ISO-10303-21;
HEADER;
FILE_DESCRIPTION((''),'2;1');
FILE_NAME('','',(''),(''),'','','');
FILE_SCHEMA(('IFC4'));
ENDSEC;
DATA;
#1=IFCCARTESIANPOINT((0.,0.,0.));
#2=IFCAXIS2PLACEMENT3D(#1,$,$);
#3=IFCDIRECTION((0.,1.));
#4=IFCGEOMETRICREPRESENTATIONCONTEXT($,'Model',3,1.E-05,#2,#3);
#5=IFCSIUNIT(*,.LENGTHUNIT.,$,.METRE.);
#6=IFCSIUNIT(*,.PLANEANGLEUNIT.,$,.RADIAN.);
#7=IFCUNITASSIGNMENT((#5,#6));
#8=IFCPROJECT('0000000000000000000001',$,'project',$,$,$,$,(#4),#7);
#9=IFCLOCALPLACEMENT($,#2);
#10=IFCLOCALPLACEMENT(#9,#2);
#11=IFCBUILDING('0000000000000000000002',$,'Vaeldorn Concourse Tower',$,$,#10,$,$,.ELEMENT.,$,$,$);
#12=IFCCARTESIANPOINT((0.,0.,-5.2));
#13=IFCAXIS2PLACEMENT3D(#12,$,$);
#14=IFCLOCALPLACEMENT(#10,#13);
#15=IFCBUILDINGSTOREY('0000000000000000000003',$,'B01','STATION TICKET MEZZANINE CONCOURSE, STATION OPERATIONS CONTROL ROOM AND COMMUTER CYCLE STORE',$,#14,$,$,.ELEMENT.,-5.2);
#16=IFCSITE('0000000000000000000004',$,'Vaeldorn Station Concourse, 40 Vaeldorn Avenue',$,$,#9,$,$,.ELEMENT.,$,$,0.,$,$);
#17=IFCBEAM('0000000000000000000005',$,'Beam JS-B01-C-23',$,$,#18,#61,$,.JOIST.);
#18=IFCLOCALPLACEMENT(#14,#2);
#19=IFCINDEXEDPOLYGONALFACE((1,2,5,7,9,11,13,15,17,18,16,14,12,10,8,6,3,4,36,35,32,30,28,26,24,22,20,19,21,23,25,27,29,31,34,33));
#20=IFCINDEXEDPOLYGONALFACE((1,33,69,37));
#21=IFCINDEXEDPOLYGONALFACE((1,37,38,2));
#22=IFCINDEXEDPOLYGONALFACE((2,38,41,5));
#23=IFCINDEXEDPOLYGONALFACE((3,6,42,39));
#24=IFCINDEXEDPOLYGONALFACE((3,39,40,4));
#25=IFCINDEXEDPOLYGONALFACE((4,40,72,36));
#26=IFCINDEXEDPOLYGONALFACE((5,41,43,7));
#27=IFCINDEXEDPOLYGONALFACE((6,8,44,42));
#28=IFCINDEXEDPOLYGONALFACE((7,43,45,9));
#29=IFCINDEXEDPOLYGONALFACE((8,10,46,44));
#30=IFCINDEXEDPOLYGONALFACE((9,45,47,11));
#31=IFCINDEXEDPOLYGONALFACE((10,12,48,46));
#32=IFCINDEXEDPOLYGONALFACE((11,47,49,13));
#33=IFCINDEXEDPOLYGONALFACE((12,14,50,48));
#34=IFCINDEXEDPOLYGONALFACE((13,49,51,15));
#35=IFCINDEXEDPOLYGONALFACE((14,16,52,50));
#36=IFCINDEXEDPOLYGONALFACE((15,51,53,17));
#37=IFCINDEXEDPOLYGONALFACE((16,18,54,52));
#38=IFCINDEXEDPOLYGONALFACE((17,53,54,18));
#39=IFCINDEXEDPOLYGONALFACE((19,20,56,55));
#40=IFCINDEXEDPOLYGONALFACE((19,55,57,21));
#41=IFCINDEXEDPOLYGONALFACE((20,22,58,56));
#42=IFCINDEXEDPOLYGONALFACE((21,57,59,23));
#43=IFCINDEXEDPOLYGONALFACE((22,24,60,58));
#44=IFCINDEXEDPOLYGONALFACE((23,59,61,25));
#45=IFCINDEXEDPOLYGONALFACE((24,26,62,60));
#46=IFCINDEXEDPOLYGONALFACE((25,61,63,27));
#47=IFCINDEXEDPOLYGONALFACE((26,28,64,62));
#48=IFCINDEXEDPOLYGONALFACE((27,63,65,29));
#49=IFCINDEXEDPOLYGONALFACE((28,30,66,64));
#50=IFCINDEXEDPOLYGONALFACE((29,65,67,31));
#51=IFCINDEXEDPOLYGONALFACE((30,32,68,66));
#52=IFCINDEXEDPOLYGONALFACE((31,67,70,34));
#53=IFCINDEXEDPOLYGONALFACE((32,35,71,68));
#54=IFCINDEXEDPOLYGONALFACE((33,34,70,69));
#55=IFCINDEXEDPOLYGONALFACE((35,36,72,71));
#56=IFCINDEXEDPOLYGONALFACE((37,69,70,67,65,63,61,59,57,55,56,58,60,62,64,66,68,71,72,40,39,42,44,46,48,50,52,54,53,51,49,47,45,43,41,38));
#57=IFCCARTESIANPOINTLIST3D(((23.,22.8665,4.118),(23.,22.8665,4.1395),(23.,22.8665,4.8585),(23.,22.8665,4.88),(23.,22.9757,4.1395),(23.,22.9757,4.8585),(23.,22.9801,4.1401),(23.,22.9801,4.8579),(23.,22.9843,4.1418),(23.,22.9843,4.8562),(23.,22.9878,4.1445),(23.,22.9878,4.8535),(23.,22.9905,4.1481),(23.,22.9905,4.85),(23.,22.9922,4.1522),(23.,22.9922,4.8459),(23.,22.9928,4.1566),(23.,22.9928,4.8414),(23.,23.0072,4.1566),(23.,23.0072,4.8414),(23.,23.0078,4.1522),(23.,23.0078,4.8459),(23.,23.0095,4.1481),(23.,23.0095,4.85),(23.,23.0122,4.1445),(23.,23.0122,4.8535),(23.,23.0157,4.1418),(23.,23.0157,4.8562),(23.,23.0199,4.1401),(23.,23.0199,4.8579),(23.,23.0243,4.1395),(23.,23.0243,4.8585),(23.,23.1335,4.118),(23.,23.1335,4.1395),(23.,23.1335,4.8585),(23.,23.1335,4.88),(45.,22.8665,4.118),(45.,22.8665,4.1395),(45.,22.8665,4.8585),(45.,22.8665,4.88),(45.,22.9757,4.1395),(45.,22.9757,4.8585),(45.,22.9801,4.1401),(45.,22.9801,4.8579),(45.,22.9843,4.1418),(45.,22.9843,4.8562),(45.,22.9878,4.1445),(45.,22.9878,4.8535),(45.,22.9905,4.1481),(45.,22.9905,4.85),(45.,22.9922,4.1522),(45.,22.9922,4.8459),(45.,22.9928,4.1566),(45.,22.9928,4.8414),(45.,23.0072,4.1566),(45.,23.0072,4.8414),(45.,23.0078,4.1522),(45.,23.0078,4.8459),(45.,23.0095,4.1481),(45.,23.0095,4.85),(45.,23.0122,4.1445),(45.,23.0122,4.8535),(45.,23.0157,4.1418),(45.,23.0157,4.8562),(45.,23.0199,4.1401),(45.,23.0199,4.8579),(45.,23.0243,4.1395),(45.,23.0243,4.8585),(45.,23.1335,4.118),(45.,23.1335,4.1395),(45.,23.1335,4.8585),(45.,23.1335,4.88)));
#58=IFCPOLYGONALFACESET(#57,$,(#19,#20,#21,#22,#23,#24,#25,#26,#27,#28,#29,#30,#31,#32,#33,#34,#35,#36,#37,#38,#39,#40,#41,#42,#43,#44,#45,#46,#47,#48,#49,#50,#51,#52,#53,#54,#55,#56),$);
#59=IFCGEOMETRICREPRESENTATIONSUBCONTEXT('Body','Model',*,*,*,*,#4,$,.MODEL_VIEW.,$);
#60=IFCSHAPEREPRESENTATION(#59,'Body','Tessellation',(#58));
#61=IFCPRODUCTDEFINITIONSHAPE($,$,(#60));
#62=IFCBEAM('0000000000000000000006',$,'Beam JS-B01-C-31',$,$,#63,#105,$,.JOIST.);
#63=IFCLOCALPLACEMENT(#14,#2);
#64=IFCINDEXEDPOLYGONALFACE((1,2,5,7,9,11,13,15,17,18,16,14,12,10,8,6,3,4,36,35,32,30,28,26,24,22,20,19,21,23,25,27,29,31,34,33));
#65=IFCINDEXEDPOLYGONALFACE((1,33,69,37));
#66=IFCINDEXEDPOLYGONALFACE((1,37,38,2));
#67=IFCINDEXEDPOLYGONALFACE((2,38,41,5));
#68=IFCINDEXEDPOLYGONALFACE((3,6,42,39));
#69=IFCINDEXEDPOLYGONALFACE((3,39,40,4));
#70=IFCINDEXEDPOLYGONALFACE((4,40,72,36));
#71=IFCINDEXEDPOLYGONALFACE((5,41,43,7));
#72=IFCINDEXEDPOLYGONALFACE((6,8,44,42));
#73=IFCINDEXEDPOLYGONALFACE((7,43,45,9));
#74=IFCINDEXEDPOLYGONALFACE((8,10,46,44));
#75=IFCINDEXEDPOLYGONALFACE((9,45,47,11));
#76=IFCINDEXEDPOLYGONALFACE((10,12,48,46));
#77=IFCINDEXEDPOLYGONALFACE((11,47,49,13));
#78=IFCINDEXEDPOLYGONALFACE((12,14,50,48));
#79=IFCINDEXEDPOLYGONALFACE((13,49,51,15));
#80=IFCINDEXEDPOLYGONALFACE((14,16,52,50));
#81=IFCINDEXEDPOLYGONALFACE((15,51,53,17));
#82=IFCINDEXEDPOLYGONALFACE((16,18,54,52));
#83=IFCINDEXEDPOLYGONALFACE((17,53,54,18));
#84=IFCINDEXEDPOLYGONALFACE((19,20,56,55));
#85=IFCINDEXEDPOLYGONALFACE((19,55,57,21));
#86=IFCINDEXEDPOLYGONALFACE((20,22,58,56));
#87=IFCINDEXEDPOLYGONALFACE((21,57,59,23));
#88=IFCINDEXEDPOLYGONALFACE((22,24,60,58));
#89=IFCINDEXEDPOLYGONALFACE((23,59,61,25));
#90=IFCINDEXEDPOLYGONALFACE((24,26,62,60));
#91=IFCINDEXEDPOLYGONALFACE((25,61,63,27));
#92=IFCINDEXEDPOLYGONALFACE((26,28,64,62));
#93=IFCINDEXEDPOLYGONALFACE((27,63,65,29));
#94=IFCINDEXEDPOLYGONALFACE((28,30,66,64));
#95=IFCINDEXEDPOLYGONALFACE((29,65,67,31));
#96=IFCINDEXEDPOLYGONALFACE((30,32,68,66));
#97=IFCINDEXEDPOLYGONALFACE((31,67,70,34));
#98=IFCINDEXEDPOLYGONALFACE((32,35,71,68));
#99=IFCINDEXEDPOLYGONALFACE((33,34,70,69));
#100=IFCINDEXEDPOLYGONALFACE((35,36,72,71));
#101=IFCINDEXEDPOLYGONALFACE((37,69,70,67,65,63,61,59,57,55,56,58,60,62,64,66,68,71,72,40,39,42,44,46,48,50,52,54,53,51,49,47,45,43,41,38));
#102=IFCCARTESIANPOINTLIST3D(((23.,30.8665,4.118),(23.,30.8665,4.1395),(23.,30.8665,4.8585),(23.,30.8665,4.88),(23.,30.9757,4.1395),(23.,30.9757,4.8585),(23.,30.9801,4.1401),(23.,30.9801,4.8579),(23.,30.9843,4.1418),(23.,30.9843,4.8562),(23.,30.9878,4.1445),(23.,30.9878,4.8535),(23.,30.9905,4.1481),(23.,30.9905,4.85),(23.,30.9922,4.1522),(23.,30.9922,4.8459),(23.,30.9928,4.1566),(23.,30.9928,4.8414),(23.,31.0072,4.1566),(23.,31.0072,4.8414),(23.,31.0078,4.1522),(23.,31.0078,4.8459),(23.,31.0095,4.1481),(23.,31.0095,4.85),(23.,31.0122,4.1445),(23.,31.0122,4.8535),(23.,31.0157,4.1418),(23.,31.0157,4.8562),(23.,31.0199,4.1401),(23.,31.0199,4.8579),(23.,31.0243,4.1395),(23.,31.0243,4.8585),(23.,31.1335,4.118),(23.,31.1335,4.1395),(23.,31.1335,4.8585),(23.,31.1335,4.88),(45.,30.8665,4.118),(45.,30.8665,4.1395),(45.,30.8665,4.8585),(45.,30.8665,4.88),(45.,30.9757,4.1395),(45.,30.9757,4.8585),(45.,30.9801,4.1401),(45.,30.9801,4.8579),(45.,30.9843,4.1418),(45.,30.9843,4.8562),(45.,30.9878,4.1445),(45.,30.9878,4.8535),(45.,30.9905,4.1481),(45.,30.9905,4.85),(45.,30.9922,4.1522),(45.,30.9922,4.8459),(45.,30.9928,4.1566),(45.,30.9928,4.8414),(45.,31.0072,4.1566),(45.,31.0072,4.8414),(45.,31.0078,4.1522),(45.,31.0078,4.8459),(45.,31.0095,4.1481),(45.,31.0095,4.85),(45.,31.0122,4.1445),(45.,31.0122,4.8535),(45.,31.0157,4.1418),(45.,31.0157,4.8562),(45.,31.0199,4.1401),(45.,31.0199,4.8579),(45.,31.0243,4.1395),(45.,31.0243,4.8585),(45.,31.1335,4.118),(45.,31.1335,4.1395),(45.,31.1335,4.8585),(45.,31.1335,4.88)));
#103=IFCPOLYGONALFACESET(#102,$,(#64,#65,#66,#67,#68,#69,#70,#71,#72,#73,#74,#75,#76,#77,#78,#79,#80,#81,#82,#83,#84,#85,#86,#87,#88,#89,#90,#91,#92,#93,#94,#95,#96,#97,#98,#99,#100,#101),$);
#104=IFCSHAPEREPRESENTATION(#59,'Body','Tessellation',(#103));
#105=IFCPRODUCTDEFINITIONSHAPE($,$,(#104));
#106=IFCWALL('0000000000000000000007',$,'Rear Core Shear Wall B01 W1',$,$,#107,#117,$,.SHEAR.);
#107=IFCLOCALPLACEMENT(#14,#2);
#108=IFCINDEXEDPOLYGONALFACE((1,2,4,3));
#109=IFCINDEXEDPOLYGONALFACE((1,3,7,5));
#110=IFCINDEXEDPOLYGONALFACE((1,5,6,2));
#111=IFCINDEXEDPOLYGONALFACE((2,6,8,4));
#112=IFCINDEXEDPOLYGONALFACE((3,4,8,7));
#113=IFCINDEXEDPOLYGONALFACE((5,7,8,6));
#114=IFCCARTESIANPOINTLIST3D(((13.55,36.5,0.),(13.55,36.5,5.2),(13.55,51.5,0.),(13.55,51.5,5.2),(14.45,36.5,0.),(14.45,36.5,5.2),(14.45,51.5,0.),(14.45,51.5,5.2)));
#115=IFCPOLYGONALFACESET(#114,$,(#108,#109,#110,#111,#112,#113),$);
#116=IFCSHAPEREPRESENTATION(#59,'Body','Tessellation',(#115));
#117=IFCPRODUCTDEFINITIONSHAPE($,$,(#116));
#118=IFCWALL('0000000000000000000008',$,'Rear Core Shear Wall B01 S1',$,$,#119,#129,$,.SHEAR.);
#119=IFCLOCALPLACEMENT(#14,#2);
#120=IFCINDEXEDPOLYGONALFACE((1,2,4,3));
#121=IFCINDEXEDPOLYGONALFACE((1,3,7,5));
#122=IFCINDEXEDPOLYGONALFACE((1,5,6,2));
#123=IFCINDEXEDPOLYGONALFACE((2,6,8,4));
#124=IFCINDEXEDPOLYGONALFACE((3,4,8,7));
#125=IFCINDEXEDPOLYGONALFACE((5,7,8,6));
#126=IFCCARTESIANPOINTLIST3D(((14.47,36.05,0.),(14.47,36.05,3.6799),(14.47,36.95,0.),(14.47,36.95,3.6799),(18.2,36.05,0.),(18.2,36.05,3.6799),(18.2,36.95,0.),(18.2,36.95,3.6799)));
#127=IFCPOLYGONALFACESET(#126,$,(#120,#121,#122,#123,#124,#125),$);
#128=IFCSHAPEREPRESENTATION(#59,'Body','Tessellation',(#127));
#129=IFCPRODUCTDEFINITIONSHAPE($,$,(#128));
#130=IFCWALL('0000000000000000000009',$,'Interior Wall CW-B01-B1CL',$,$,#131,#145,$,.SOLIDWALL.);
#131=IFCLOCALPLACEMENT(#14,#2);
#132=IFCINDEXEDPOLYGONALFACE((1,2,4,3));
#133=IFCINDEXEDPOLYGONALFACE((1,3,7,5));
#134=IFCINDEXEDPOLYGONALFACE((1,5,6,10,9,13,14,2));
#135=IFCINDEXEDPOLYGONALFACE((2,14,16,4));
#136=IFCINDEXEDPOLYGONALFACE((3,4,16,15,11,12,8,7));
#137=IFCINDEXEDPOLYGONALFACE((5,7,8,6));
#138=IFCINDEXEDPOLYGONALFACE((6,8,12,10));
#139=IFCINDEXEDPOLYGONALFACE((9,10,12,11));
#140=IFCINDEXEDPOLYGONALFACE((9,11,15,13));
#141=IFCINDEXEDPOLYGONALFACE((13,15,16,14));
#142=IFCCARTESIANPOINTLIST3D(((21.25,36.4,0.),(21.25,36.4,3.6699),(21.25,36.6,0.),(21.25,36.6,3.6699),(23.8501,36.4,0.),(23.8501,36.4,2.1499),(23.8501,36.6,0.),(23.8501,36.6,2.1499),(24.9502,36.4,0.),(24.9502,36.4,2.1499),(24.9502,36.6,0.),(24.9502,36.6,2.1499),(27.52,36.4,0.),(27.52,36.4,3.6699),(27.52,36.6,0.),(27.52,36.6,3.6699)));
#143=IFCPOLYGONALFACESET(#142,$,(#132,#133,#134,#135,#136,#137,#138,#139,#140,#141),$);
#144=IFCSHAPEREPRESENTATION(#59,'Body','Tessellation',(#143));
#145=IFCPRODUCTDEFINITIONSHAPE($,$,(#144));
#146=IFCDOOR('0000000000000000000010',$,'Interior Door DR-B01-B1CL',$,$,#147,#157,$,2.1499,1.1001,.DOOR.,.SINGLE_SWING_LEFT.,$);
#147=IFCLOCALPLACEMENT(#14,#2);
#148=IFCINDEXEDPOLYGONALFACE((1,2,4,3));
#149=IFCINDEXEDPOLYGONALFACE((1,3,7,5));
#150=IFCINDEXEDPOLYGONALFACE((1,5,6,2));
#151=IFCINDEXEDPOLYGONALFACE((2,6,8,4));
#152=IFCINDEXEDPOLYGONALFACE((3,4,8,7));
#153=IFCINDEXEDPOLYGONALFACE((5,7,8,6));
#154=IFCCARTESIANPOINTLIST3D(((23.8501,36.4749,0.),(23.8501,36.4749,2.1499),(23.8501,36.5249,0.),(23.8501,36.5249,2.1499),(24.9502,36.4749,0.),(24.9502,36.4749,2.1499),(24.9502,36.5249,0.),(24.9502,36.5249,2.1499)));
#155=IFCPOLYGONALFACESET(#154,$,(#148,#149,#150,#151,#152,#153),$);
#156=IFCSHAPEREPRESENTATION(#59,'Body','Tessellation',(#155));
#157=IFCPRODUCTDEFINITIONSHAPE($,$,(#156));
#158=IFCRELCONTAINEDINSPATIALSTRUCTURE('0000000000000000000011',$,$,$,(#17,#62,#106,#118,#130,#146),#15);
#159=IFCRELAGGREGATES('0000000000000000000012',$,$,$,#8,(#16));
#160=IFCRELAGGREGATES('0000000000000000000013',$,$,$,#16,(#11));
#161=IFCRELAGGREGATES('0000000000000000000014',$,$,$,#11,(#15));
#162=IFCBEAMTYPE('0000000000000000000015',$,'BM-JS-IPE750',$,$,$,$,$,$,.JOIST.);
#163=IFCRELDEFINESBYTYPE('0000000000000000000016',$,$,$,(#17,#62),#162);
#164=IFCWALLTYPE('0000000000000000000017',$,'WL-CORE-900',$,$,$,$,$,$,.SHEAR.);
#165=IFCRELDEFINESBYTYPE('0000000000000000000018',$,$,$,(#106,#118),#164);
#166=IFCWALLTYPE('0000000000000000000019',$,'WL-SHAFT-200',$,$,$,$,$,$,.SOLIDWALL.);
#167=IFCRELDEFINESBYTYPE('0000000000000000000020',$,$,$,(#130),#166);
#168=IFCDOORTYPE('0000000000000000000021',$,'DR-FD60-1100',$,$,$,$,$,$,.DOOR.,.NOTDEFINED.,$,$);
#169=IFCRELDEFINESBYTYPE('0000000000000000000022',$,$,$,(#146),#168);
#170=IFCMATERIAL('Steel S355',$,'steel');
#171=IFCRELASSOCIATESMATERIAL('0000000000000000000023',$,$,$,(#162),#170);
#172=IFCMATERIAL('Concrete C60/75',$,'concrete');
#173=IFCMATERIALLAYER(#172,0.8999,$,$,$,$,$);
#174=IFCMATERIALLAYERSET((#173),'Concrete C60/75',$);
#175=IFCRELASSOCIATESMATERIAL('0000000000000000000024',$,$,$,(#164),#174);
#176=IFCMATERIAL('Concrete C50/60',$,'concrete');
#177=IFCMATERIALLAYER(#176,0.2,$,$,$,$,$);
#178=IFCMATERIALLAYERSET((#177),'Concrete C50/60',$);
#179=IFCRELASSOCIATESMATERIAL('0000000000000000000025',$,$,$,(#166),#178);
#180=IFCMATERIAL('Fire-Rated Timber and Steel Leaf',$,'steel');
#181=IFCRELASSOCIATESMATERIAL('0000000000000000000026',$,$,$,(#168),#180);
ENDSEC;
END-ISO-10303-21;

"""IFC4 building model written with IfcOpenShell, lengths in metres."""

from ifc_helpers import new_model, si_unit, direction, frame, frame_2d, origin, origin_2d, place, context, subcontext, project, spatial, rectangle, i_section, extrude, source, transform, mapped, material, layer, layer_set, material_profile, profile_set, type_object, element, fill, save


model = new_model("IFC4")

# Units and contexts
model_context = context("Model", 3, precision=1e-05, world=origin(), true_north=direction((0.0, 1.0)))
body_context = subcontext(model_context, "Body", "Model", "MODEL_VIEW")
ifc_project = project(units=[si_unit("LENGTHUNIT", "METRE"), si_unit("PLANEANGLEUNIT", "RADIAN")], contexts=[model_context])

# Site, building, storey
site_placement = place(None, origin())
site = spatial("IfcSite", under=ifc_project, at=site_placement, Name="Vaeldorn Station Concourse, 40 Vaeldorn Avenue", CompositionType="ELEMENT", RefElevation=0.0)
building_placement = place(site_placement, origin())
building = spatial("IfcBuilding", under=site, at=building_placement, Name="Vaeldorn Concourse Tower", CompositionType="ELEMENT")
storey_placement = place(building_placement, frame((0.0, 0.0, -5.2)))
storey = spatial("IfcBuildingStorey", under=building, at=storey_placement, Name="B01", Description="STATION TICKET MEZZANINE CONCOURSE, STATION OPERATIONS CONTROL ROOM AND COMMUTER CYCLE STORE", CompositionType="ELEMENT", Elevation=-5.2)

# Shared definitions
ifc_material_1 = material(Name="Concrete C60/75", Category="concrete")
ifc_material_2 = material(Name="Concrete C50/60", Category="concrete")

# Beams
ifc_material_3 = material(Name="Steel S355", Category="steel")
ifc_material_profile_1 = material_profile(ifc_material_3, i_section(OverallWidth=0.2671, OverallDepth=0.762, WebThickness=0.0144, FlangeThickness=0.0215, FilletRadius=0.0171, at=origin_2d()), Name="IPE 750x173")
ifc_profile_set_1 = profile_set([ifc_material_profile_1], Name="Steel S355")
beam_type_1 = type_object("IfcBeamType", Name="BM-JS-IPE750", PredefinedType="JOIST", material=ifc_profile_set_1)
shared_shape_1 = source(origin(), body_context, "Body", "SweptSolid", [
    extrude(i_section(OverallWidth=0.2671, OverallDepth=0.762, WebThickness=0.0144, FlangeThickness=0.0215, FilletRadius=0.0171, at=origin_2d()), origin(), (0.0, 0.0, 1.0), 22.0),
])
for number, where, z_axis, x_axis, name in (
    (1, (23.0, 23.0, 4.499), (1.0, 0.0, 0.0), (0.0, 1.0, 0.0), "Beam JS-B01-C-23"),
    (2, (23.0, 31.0, 4.499), (1.0, 0.0, 0.0), (0.0, 1.0, 0.0), "Beam JS-B01-C-31"),
):
    element("IfcBeam", number, at=place(storey_placement, frame(where, z_axis=z_axis, x_axis=x_axis)), inside=storey, type_object=beam_type_1, Name=name, PredefinedType="JOIST", context=body_context, shape_type="MappedRepresentation", body=[
        mapped(shared_shape_1, transform((0.0, 0.0, 0.0), scale=1.0)),
    ])

# Walls
ifc_layer_1 = layer(ifc_material_1, 0.8999)
ifc_layer_set_1 = layer_set([ifc_layer_1], Name="Concrete C60/75")
wall_type_1 = type_object("IfcWallType", Name="WL-CORE-900", PredefinedType="SHEAR", material=ifc_layer_set_1)
wall_1_placement = place(storey_placement, frame((14.0, 36.5, 0.0), z_axis=(0.0, 0.0, 1.0), x_axis=(0.0, 1.0, 0.0)))
element("IfcWall", 3, at=wall_1_placement, inside=storey, type_object=wall_type_1, Name="Rear Core Shear Wall B01 W1", PredefinedType="SHEAR", context=body_context, shape_type="SweptSolid", body=[
    extrude(rectangle(XDim=15.0, YDim=0.8999, at=frame_2d((7.5, 0.0))), origin(), (0.0, 0.0, 1.0), 5.2),
])
wall_2_placement = place(storey_placement, frame((14.47, 36.5, 0.0), z_axis=(0.0, 0.0, 1.0), x_axis=(1.0, 0.0, 0.0)))
element("IfcWall", 4, at=wall_2_placement, inside=storey, type_object=wall_type_1, Name="Rear Core Shear Wall B01 S1", PredefinedType="SHEAR", context=body_context, shape_type="SweptSolid", body=[
    extrude(rectangle(XDim=3.73, YDim=0.8999, at=frame_2d((1.865, 0.0))), origin(), (0.0, 0.0, 1.0), 3.6799),
])

# Wall, opening, door
ifc_layer_2 = layer(ifc_material_2, 0.2)
ifc_layer_set_2 = layer_set([ifc_layer_2], Name="Concrete C50/60")
wall_type_2 = type_object("IfcWallType", Name="WL-SHAFT-200", PredefinedType="SOLIDWALL", material=ifc_layer_set_2)
ifc_material_4 = material(Name="Fire-Rated Timber and Steel Leaf", Category="steel")
door_type = type_object("IfcDoorType", Name="DR-FD60-1100", OperationType="NOTDEFINED", PredefinedType="DOOR", material=ifc_material_4)
shared_shape_2 = source(origin(), body_context, "Body", "SweptSolid", [
    extrude(rectangle(XDim=1.1001, YDim=2.1499, at=frame_2d((0.55, 1.075))), frame((0.0, 0.0249, 0.0), z_axis=(0.0, -1.0, 0.0), x_axis=(1.0, 0.0, 0.0)), (0.0, 0.0, 1.0), 0.05),
])
wall_3_placement = place(storey_placement, frame((21.25, 36.5, 0.0), z_axis=(0.0, 0.0, 1.0), x_axis=(1.0, 0.0, 0.0)))
wall_3 = element("IfcWall", 5, at=wall_3_placement, inside=storey, type_object=wall_type_2, Name="Interior Wall CW-B01-B1CL", PredefinedType="SOLIDWALL", context=body_context, shape_type="SweptSolid", body=[
    extrude(rectangle(XDim=6.27, YDim=0.2, at=frame_2d((3.135, 0.0))), origin(), (0.0, 0.0, 1.0), 3.6699),
])
opening_1_placement = place(wall_3_placement, frame((2.6001, 0.0, 0.0)))
opening_1 = element("IfcOpeningElement", 6, at=opening_1_placement, cuts=wall_3, PredefinedType="OPENING", context=body_context, shape_type="SweptSolid", body=[
    extrude(rectangle(XDim=1.1001, YDim=2.1499, at=frame_2d((0.55, 1.075))), frame((0.0, 0.1099, 0.0), z_axis=(0.0, -1.0, 0.0), x_axis=(1.0, 0.0, 0.0)), (0.0, 0.0, 1.0), 0.22),
])
door_1_placement = place(opening_1_placement, origin())
door_1 = element("IfcDoor", 7, at=door_1_placement, inside=storey, type_object=door_type, Name="Interior Door DR-B01-B1CL", OperationType="SINGLE_SWING_LEFT", OverallHeight=2.1499, OverallWidth=1.1001, PredefinedType="DOOR", context=body_context, shape_type="MappedRepresentation", body=[
    mapped(shared_shape_2, transform((0.0, 0.0, 0.0), scale=1.0)),
])
fill(opening_1, door_1)

save(model, "model.ifc")
